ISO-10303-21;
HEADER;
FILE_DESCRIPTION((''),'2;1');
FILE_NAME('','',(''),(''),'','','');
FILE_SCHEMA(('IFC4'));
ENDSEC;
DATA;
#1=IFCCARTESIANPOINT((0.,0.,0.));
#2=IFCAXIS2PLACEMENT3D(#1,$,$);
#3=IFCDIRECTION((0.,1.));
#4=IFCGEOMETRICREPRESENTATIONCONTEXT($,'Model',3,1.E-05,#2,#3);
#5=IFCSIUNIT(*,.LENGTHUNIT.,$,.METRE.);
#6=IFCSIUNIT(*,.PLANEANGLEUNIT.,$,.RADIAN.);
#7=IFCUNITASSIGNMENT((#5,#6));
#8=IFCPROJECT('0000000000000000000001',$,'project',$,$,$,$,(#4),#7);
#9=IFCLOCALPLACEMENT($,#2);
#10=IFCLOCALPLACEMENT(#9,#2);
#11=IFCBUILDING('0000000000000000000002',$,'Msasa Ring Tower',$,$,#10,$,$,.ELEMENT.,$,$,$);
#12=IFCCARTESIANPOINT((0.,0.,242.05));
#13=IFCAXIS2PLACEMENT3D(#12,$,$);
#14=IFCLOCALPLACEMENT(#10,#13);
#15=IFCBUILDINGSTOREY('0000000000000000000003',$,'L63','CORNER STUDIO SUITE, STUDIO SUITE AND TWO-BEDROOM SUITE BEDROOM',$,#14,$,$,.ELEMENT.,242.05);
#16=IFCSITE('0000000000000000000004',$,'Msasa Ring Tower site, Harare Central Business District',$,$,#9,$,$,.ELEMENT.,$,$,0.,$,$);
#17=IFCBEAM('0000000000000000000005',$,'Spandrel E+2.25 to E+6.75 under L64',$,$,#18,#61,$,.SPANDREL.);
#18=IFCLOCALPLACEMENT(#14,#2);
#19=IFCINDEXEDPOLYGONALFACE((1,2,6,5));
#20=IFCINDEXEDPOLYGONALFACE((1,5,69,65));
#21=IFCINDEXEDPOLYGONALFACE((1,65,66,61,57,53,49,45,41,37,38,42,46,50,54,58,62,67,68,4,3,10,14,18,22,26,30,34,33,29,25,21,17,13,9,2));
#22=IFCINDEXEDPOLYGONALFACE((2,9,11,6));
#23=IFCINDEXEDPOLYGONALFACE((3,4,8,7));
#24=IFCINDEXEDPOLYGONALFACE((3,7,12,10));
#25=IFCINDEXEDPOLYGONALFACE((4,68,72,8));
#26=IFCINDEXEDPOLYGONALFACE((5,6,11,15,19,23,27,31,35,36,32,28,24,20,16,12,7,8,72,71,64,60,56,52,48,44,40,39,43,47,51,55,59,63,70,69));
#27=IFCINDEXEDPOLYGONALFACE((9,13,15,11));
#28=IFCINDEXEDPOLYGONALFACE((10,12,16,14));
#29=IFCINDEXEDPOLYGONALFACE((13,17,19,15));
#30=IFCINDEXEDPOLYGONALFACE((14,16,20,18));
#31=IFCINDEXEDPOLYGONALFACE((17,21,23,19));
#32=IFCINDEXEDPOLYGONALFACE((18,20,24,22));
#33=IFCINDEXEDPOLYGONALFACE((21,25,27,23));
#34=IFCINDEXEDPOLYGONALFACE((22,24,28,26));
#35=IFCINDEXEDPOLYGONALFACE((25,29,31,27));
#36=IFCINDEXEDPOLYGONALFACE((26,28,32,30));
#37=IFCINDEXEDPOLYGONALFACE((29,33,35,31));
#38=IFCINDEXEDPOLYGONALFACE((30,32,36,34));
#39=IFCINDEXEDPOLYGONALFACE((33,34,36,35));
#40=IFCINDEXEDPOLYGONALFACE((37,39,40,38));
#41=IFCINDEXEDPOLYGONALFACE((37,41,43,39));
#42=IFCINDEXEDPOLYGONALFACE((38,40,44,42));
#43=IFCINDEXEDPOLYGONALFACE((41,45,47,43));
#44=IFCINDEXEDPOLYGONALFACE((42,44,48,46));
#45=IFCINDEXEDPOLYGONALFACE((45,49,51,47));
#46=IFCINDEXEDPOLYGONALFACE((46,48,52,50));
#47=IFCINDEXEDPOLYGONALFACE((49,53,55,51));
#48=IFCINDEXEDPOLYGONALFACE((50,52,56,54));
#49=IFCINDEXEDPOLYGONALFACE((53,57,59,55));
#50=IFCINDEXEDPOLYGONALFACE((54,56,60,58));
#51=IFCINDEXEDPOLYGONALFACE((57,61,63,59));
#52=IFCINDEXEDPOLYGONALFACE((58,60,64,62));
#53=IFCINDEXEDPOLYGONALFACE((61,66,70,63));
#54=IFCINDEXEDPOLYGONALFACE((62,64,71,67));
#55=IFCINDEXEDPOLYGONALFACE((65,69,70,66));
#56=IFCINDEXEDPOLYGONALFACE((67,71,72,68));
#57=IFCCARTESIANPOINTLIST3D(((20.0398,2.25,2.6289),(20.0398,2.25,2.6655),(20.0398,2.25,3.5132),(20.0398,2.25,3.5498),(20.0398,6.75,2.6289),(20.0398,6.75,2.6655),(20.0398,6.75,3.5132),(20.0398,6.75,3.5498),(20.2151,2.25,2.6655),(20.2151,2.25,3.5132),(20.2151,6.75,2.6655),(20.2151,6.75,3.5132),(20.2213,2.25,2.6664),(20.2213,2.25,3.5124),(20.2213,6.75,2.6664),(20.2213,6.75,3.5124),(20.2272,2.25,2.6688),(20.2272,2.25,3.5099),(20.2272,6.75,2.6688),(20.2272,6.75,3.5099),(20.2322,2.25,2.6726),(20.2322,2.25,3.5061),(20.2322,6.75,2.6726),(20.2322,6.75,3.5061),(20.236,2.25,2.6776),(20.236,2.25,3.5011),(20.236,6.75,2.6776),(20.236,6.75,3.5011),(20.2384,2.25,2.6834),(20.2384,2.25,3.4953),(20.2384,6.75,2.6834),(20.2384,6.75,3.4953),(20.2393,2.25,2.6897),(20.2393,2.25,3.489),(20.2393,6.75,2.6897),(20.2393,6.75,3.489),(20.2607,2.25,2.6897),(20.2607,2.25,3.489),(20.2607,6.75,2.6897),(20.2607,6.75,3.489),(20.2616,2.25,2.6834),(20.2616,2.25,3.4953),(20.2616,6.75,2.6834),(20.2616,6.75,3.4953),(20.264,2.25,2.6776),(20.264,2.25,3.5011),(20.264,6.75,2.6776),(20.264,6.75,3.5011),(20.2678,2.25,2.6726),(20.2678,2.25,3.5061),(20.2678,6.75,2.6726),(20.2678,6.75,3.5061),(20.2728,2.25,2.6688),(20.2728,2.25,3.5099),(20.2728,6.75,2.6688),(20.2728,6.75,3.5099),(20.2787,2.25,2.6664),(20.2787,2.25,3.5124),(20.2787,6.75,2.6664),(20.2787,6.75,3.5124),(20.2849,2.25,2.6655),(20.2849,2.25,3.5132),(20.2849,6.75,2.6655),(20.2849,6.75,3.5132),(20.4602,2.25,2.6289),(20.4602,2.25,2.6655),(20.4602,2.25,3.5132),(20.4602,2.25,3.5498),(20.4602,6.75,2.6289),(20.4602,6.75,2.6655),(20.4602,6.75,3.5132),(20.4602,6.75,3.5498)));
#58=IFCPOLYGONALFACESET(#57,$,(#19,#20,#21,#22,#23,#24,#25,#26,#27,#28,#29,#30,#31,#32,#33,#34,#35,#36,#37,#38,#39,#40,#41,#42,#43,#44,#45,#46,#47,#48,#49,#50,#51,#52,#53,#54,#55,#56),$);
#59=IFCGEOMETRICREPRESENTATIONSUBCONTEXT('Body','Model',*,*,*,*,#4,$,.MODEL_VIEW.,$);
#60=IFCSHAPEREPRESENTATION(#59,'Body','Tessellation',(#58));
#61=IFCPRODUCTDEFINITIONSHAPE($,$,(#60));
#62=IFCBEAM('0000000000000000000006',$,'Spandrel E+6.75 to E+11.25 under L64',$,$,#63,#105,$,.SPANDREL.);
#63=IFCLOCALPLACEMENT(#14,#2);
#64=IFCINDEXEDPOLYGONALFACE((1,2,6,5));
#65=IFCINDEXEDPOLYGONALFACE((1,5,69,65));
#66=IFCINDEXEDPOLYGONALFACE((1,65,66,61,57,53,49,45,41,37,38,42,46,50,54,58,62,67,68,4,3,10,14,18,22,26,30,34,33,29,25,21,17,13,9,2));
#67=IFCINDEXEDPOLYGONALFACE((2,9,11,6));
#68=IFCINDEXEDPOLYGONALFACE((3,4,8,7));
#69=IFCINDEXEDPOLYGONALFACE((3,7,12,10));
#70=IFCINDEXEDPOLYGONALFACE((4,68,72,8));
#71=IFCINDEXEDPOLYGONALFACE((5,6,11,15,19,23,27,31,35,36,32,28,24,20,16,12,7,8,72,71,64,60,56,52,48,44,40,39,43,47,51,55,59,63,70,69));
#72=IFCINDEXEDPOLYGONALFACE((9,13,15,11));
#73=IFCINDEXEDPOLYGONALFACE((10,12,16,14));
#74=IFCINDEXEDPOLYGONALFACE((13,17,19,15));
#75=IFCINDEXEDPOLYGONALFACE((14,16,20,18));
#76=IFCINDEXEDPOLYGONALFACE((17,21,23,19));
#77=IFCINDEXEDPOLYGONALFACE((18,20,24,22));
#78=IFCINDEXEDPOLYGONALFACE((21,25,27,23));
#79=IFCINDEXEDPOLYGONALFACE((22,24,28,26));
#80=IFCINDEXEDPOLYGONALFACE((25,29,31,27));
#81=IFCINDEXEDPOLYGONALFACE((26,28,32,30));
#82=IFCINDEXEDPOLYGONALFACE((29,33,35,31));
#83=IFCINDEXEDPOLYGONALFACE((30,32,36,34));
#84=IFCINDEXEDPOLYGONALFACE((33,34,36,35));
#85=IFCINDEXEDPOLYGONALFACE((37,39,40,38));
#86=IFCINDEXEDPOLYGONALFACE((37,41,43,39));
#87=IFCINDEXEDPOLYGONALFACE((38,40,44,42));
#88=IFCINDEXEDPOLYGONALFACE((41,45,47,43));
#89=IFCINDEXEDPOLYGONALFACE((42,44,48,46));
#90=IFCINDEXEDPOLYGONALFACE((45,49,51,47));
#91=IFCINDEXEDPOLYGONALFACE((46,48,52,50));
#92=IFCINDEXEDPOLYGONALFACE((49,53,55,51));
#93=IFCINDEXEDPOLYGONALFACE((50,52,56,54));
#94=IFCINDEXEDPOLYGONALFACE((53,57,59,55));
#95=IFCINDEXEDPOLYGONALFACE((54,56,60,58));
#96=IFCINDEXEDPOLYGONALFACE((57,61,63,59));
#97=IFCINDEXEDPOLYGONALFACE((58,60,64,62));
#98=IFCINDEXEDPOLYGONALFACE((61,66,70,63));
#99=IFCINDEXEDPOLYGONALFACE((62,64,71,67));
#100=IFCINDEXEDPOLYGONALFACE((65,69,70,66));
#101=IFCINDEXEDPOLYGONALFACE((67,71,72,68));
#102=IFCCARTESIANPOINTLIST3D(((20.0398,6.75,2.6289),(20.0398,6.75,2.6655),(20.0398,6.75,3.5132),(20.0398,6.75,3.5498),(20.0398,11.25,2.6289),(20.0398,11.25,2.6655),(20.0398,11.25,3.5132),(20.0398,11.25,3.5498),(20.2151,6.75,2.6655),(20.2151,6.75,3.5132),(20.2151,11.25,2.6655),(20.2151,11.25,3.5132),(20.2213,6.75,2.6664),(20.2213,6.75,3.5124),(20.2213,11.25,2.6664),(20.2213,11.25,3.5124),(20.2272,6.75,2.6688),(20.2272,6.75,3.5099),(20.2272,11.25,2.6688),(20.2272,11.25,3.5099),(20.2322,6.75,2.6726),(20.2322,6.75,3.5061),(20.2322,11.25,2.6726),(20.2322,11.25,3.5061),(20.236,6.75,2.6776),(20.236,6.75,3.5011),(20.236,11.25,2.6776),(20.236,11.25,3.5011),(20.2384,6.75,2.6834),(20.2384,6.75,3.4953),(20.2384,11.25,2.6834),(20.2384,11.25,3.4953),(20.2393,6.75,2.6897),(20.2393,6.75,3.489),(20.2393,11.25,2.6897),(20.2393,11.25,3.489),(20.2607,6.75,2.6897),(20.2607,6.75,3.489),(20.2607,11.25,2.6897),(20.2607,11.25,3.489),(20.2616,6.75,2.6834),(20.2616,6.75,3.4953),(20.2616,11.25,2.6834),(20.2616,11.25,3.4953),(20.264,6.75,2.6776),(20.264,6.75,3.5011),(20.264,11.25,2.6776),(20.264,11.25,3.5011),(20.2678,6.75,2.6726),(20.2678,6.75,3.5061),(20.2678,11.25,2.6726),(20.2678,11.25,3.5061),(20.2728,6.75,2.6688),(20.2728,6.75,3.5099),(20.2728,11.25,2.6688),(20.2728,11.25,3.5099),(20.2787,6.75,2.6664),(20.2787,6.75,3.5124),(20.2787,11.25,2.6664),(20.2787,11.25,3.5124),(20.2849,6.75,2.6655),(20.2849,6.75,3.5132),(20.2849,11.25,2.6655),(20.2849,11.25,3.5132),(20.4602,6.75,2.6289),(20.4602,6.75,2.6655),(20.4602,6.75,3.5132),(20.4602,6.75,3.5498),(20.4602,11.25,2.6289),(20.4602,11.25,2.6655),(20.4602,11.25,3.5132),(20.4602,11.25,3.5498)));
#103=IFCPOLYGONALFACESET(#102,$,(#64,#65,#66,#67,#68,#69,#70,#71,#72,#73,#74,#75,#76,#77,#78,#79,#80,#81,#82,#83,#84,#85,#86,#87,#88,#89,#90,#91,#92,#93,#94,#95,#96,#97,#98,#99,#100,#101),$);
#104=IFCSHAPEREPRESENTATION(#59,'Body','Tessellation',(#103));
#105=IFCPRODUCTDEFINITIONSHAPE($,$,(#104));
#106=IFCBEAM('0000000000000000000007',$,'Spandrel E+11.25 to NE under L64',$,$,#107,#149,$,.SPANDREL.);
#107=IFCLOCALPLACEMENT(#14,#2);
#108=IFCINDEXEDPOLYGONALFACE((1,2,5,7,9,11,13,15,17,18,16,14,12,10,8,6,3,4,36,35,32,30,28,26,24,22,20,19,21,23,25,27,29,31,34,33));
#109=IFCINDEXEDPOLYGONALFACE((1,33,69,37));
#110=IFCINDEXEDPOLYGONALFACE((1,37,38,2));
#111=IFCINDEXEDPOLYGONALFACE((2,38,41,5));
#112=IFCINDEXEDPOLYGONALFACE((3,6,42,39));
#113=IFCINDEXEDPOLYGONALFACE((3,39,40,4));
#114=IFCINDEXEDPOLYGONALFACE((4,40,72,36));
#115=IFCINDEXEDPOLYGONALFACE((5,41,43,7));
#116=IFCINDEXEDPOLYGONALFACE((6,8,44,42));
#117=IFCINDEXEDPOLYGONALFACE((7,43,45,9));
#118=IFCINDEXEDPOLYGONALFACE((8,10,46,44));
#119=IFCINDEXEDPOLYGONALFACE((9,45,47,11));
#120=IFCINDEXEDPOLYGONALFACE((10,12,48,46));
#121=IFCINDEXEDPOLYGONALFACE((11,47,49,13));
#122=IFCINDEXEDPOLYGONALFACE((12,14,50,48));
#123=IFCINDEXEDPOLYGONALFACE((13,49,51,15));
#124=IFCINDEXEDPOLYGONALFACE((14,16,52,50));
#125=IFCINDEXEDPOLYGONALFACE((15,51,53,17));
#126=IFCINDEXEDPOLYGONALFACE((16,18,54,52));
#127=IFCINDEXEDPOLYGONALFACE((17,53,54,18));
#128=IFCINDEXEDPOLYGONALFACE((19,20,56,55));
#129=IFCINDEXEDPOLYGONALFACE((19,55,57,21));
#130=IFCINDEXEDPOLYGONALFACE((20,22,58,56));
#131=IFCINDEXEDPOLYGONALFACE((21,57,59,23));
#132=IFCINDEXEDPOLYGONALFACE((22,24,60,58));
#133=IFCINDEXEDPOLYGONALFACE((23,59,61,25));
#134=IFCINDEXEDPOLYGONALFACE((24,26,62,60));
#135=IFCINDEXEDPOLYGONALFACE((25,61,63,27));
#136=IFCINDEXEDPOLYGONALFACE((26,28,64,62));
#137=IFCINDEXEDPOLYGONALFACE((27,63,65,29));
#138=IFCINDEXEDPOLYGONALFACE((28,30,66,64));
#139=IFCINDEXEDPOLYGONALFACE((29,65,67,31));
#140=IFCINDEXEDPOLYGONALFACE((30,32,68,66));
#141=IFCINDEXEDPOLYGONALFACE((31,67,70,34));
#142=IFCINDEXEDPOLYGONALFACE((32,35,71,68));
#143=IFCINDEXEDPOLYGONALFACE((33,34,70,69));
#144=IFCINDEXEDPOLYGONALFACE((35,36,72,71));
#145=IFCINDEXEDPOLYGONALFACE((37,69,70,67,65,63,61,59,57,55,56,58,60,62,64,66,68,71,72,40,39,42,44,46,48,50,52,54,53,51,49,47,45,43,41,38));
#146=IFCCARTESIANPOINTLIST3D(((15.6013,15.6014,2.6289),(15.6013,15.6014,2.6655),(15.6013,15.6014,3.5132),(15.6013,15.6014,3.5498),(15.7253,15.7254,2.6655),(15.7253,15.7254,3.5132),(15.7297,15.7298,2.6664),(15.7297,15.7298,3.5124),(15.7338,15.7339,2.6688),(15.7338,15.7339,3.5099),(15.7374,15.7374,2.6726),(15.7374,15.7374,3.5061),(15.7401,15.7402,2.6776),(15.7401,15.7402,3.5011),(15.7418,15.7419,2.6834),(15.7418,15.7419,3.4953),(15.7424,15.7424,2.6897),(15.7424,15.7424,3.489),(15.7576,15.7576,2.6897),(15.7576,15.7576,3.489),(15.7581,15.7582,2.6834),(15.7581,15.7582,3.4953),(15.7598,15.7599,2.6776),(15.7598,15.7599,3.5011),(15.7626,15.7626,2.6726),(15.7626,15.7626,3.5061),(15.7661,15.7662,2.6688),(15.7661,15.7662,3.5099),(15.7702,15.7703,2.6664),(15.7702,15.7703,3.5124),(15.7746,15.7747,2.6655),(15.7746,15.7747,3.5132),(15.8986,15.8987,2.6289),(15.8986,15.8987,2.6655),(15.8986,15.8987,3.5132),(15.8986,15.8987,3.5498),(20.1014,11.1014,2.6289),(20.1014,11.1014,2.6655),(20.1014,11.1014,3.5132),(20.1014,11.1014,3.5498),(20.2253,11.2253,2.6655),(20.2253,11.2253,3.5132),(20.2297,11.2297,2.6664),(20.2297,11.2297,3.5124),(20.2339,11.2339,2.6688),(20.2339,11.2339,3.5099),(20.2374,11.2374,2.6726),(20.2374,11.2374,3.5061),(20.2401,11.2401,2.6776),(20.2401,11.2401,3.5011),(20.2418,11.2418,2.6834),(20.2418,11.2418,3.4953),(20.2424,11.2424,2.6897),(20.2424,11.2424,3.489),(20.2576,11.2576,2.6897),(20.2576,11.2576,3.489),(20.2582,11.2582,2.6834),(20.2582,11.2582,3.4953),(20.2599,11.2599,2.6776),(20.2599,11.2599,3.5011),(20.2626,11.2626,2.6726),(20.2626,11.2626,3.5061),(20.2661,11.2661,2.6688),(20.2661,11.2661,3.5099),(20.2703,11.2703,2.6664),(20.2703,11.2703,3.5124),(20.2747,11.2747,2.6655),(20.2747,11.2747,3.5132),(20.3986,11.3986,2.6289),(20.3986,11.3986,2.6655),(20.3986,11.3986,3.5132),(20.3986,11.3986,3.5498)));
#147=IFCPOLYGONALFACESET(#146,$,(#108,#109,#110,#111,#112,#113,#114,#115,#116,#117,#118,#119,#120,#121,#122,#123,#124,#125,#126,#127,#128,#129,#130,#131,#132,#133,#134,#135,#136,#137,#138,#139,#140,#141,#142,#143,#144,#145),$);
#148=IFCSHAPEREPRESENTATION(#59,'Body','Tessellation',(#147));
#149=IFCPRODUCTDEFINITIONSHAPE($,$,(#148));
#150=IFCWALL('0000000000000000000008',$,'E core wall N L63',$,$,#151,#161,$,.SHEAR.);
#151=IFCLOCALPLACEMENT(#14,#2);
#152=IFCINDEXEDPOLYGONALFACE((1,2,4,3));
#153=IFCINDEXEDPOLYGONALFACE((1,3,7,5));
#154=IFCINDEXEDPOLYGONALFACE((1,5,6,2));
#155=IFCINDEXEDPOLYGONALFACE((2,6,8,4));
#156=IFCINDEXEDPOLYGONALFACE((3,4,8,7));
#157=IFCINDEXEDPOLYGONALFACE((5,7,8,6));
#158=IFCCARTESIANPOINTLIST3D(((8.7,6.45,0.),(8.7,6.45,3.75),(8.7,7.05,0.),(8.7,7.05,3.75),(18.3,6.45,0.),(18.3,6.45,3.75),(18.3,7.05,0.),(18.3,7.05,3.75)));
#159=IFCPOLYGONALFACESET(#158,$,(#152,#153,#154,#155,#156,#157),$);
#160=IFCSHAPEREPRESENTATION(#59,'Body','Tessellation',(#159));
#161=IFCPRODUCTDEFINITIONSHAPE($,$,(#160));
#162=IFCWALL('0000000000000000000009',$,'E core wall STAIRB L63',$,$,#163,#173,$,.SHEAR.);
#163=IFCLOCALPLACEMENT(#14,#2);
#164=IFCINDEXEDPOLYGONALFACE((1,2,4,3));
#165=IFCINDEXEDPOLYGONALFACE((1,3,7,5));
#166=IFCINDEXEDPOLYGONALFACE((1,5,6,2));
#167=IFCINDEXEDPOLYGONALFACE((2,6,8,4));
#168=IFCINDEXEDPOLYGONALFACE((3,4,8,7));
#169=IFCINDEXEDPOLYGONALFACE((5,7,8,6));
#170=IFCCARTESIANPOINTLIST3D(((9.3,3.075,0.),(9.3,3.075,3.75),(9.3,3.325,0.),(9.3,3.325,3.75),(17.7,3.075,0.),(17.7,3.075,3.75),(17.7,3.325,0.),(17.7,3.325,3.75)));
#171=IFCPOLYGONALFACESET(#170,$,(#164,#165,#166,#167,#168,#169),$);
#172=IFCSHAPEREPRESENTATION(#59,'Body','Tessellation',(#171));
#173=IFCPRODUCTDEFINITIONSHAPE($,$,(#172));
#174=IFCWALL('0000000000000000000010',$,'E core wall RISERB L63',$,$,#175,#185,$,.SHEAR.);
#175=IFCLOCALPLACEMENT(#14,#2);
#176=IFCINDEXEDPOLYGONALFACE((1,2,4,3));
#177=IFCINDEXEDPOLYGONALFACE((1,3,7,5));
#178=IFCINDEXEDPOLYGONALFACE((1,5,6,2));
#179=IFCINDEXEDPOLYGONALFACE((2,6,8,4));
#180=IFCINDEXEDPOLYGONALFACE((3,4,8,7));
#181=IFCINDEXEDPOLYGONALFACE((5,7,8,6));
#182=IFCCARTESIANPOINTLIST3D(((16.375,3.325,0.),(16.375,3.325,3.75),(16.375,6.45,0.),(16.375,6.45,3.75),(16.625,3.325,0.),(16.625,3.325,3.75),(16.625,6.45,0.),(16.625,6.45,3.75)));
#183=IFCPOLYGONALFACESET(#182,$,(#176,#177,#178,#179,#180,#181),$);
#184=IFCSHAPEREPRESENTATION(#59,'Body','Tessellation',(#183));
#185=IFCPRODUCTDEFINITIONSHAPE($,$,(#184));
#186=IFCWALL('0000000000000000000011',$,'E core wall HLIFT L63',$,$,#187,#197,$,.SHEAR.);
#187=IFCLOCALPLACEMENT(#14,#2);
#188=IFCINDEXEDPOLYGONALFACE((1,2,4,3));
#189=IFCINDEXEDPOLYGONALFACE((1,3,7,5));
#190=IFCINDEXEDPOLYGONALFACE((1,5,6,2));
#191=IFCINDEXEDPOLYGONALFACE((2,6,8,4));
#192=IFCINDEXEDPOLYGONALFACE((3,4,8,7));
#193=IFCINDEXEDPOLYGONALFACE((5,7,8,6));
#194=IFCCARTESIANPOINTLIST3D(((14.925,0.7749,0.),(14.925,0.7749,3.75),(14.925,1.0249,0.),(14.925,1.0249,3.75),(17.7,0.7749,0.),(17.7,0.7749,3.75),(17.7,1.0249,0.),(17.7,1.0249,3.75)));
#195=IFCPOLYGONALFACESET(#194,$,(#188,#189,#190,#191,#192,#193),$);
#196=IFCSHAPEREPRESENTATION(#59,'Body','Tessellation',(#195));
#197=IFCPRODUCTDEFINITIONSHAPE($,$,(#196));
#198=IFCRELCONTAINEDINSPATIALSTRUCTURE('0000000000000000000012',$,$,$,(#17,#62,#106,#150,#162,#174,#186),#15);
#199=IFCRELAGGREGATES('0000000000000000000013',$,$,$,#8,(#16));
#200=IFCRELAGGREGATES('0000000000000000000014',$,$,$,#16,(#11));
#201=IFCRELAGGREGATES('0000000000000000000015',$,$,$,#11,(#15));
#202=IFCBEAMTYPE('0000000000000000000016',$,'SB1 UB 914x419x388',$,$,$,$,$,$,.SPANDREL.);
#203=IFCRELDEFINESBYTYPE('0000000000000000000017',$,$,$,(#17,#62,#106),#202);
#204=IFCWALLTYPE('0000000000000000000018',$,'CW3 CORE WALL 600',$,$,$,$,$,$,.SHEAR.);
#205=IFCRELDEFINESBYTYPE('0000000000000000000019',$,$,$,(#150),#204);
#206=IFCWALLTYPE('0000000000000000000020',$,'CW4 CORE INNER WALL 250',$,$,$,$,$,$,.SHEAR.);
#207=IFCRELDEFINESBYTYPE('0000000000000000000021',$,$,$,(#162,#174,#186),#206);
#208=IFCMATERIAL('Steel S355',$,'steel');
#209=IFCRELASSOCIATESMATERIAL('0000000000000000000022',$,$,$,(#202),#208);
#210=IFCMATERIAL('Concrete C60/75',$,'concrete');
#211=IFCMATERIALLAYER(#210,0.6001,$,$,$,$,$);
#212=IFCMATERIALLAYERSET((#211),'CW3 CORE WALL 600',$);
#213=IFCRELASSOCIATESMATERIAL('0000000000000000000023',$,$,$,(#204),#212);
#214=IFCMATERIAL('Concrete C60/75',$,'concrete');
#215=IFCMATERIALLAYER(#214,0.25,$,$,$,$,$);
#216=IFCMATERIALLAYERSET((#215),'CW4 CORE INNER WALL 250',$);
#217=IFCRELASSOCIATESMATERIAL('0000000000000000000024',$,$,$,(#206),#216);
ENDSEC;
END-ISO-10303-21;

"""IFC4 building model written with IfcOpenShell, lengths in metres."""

from ifc_helpers import new_model, si_unit, direction, frame, frame_2d, origin, origin_2d, place, context, subcontext, project, spatial, rectangle, i_section, extrude, material, layer, layer_set, material_profile, profile_set, type_object, element, save


model = new_model("IFC4")

# Units and contexts
model_context = context("Model", 3, precision=1e-05, world=origin(), true_north=direction((0.0, 1.0)))
body_context = subcontext(model_context, "Body", "Model", "MODEL_VIEW")
ifc_project = project(units=[si_unit("LENGTHUNIT", "METRE"), si_unit("PLANEANGLEUNIT", "RADIAN")], contexts=[model_context])

# Site, building, storey
site_placement = place(None, origin())
site = spatial("IfcSite", under=ifc_project, at=site_placement, Name="Msasa Ring Tower site, Harare Central Business District", CompositionType="ELEMENT", RefElevation=0.0)
building_placement = place(site_placement, origin())
building = spatial("IfcBuilding", under=site, at=building_placement, Name="Msasa Ring Tower", CompositionType="ELEMENT")
storey_placement = place(building_placement, frame((0.0, 0.0, 242.05)))
storey = spatial("IfcBuildingStorey", under=building, at=storey_placement, Name="L63", Description="CORNER STUDIO SUITE, STUDIO SUITE AND TWO-BEDROOM SUITE BEDROOM", CompositionType="ELEMENT", Elevation=242.05)

# Beams
ifc_material_1 = material(Name="Steel S355", Category="steel")
ifc_material_profile_1 = material_profile(ifc_material_1, i_section(OverallWidth=0.4204, OverallDepth=0.9209, WebThickness=0.0215, FlangeThickness=0.0366, FilletRadius=0.0242, at=origin_2d()), Name="UB 914x419x388")
ifc_profile_set_1 = profile_set([ifc_material_profile_1], Name="Steel S355")
beam_type_1 = type_object("IfcBeamType", Name="SB1 UB 914x419x388", PredefinedType="SPANDREL", material=ifc_profile_set_1)
for number, where, z_axis, x_axis, name in (
    (1, (20.25, 2.25, 3.0894), (0.0, 1.0, 0.0), (-1.0, 0.0, 0.0), "Spandrel E+2.25 to E+6.75 under L64"),
    (2, (20.25, 6.75, 3.0894), (0.0, 1.0, 0.0), (-1.0, 0.0, 0.0), "Spandrel E+6.75 to E+11.25 under L64"),
):
    element("IfcBeam", number, at=place(storey_placement, frame(where, z_axis=z_axis, x_axis=x_axis)), inside=storey, type_object=beam_type_1, Name=name, PredefinedType="SPANDREL", context=body_context, shape_type="SweptSolid", body=[
        extrude(i_section(OverallWidth=0.4204, OverallDepth=0.9209, WebThickness=0.0215, FlangeThickness=0.0366, FilletRadius=0.0242, at=origin_2d()), origin(), (0.0, 0.0, 1.0), 4.5),
    ])
beam_1_placement = place(storey_placement, frame((20.25, 11.25, 3.0894), z_axis=(-0.707107, 0.707107, 0.0), x_axis=(-0.707107, -0.707107, 0.0)))
element("IfcBeam", 3, at=beam_1_placement, inside=storey, type_object=beam_type_1, Name="Spandrel E+11.25 to NE under L64", PredefinedType="SPANDREL", context=body_context, shape_type="SweptSolid", body=[
    extrude(i_section(OverallWidth=0.4204, OverallDepth=0.9209, WebThickness=0.0215, FlangeThickness=0.0366, FilletRadius=0.0242, at=origin_2d()), origin(), (0.0, 0.0, 1.0), 6.364),
])

# Walls
ifc_material_2 = material(Name="Concrete C60/75", Category="concrete")
ifc_layer_1 = layer(ifc_material_2, 0.6001)
ifc_layer_set_1 = layer_set([ifc_layer_1], Name="CW3 CORE WALL 600")
wall_type_1 = type_object("IfcWallType", Name="CW3 CORE WALL 600", PredefinedType="SHEAR", material=ifc_layer_set_1)
wall_1_placement = place(storey_placement, frame((8.7, 6.75, 0.0), z_axis=(0.0, 0.0, 1.0), x_axis=(1.0, 0.0, 0.0)))
element("IfcWall", 4, at=wall_1_placement, inside=storey, type_object=wall_type_1, Name="E core wall N L63", PredefinedType="SHEAR", context=body_context, shape_type="SweptSolid", body=[
    extrude(rectangle(XDim=9.6001, YDim=0.6001, at=frame_2d((4.8, 0.0))), origin(), (0.0, 0.0, 1.0), 3.75),
])
ifc_material_3 = material(Name="Concrete C60/75", Category="concrete")
ifc_layer_2 = layer(ifc_material_3, 0.25)
ifc_layer_set_2 = layer_set([ifc_layer_2], Name="CW4 CORE INNER WALL 250")
wall_type_2 = type_object("IfcWallType", Name="CW4 CORE INNER WALL 250", PredefinedType="SHEAR", material=ifc_layer_set_2)
wall_2_placement = place(storey_placement, frame((9.3, 3.2, 0.0), z_axis=(0.0, 0.0, 1.0), x_axis=(1.0, 0.0, 0.0)))
element("IfcWall", 5, at=wall_2_placement, inside=storey, type_object=wall_type_2, Name="E core wall STAIRB L63", PredefinedType="SHEAR", context=body_context, shape_type="SweptSolid", body=[
    extrude(rectangle(XDim=8.3999, YDim=0.25, at=frame_2d((4.2, 0.0))), origin(), (0.0, 0.0, 1.0), 3.75),
])
wall_3_placement = place(storey_placement, frame((16.5, 3.325, 0.0), z_axis=(0.0, 0.0, 1.0), x_axis=(0.0, 1.0, 0.0)))
element("IfcWall", 6, at=wall_3_placement, inside=storey, type_object=wall_type_2, Name="E core wall RISERB L63", PredefinedType="SHEAR", context=body_context, shape_type="SweptSolid", body=[
    extrude(rectangle(XDim=3.125, YDim=0.25, at=frame_2d((1.5625, 0.0))), origin(), (0.0, 0.0, 1.0), 3.75),
])
wall_4_placement = place(storey_placement, frame((14.925, 0.8999, 0.0), z_axis=(0.0, 0.0, 1.0), x_axis=(1.0, 0.0, 0.0)))
element("IfcWall", 7, at=wall_4_placement, inside=storey, type_object=wall_type_2, Name="E core wall HLIFT L63", PredefinedType="SHEAR", context=body_context, shape_type="SweptSolid", body=[
    extrude(rectangle(XDim=2.7749, YDim=0.25, at=frame_2d((1.3875, 0.0))), origin(), (0.0, 0.0, 1.0), 3.75),
])

save(model, "model.ifc")
